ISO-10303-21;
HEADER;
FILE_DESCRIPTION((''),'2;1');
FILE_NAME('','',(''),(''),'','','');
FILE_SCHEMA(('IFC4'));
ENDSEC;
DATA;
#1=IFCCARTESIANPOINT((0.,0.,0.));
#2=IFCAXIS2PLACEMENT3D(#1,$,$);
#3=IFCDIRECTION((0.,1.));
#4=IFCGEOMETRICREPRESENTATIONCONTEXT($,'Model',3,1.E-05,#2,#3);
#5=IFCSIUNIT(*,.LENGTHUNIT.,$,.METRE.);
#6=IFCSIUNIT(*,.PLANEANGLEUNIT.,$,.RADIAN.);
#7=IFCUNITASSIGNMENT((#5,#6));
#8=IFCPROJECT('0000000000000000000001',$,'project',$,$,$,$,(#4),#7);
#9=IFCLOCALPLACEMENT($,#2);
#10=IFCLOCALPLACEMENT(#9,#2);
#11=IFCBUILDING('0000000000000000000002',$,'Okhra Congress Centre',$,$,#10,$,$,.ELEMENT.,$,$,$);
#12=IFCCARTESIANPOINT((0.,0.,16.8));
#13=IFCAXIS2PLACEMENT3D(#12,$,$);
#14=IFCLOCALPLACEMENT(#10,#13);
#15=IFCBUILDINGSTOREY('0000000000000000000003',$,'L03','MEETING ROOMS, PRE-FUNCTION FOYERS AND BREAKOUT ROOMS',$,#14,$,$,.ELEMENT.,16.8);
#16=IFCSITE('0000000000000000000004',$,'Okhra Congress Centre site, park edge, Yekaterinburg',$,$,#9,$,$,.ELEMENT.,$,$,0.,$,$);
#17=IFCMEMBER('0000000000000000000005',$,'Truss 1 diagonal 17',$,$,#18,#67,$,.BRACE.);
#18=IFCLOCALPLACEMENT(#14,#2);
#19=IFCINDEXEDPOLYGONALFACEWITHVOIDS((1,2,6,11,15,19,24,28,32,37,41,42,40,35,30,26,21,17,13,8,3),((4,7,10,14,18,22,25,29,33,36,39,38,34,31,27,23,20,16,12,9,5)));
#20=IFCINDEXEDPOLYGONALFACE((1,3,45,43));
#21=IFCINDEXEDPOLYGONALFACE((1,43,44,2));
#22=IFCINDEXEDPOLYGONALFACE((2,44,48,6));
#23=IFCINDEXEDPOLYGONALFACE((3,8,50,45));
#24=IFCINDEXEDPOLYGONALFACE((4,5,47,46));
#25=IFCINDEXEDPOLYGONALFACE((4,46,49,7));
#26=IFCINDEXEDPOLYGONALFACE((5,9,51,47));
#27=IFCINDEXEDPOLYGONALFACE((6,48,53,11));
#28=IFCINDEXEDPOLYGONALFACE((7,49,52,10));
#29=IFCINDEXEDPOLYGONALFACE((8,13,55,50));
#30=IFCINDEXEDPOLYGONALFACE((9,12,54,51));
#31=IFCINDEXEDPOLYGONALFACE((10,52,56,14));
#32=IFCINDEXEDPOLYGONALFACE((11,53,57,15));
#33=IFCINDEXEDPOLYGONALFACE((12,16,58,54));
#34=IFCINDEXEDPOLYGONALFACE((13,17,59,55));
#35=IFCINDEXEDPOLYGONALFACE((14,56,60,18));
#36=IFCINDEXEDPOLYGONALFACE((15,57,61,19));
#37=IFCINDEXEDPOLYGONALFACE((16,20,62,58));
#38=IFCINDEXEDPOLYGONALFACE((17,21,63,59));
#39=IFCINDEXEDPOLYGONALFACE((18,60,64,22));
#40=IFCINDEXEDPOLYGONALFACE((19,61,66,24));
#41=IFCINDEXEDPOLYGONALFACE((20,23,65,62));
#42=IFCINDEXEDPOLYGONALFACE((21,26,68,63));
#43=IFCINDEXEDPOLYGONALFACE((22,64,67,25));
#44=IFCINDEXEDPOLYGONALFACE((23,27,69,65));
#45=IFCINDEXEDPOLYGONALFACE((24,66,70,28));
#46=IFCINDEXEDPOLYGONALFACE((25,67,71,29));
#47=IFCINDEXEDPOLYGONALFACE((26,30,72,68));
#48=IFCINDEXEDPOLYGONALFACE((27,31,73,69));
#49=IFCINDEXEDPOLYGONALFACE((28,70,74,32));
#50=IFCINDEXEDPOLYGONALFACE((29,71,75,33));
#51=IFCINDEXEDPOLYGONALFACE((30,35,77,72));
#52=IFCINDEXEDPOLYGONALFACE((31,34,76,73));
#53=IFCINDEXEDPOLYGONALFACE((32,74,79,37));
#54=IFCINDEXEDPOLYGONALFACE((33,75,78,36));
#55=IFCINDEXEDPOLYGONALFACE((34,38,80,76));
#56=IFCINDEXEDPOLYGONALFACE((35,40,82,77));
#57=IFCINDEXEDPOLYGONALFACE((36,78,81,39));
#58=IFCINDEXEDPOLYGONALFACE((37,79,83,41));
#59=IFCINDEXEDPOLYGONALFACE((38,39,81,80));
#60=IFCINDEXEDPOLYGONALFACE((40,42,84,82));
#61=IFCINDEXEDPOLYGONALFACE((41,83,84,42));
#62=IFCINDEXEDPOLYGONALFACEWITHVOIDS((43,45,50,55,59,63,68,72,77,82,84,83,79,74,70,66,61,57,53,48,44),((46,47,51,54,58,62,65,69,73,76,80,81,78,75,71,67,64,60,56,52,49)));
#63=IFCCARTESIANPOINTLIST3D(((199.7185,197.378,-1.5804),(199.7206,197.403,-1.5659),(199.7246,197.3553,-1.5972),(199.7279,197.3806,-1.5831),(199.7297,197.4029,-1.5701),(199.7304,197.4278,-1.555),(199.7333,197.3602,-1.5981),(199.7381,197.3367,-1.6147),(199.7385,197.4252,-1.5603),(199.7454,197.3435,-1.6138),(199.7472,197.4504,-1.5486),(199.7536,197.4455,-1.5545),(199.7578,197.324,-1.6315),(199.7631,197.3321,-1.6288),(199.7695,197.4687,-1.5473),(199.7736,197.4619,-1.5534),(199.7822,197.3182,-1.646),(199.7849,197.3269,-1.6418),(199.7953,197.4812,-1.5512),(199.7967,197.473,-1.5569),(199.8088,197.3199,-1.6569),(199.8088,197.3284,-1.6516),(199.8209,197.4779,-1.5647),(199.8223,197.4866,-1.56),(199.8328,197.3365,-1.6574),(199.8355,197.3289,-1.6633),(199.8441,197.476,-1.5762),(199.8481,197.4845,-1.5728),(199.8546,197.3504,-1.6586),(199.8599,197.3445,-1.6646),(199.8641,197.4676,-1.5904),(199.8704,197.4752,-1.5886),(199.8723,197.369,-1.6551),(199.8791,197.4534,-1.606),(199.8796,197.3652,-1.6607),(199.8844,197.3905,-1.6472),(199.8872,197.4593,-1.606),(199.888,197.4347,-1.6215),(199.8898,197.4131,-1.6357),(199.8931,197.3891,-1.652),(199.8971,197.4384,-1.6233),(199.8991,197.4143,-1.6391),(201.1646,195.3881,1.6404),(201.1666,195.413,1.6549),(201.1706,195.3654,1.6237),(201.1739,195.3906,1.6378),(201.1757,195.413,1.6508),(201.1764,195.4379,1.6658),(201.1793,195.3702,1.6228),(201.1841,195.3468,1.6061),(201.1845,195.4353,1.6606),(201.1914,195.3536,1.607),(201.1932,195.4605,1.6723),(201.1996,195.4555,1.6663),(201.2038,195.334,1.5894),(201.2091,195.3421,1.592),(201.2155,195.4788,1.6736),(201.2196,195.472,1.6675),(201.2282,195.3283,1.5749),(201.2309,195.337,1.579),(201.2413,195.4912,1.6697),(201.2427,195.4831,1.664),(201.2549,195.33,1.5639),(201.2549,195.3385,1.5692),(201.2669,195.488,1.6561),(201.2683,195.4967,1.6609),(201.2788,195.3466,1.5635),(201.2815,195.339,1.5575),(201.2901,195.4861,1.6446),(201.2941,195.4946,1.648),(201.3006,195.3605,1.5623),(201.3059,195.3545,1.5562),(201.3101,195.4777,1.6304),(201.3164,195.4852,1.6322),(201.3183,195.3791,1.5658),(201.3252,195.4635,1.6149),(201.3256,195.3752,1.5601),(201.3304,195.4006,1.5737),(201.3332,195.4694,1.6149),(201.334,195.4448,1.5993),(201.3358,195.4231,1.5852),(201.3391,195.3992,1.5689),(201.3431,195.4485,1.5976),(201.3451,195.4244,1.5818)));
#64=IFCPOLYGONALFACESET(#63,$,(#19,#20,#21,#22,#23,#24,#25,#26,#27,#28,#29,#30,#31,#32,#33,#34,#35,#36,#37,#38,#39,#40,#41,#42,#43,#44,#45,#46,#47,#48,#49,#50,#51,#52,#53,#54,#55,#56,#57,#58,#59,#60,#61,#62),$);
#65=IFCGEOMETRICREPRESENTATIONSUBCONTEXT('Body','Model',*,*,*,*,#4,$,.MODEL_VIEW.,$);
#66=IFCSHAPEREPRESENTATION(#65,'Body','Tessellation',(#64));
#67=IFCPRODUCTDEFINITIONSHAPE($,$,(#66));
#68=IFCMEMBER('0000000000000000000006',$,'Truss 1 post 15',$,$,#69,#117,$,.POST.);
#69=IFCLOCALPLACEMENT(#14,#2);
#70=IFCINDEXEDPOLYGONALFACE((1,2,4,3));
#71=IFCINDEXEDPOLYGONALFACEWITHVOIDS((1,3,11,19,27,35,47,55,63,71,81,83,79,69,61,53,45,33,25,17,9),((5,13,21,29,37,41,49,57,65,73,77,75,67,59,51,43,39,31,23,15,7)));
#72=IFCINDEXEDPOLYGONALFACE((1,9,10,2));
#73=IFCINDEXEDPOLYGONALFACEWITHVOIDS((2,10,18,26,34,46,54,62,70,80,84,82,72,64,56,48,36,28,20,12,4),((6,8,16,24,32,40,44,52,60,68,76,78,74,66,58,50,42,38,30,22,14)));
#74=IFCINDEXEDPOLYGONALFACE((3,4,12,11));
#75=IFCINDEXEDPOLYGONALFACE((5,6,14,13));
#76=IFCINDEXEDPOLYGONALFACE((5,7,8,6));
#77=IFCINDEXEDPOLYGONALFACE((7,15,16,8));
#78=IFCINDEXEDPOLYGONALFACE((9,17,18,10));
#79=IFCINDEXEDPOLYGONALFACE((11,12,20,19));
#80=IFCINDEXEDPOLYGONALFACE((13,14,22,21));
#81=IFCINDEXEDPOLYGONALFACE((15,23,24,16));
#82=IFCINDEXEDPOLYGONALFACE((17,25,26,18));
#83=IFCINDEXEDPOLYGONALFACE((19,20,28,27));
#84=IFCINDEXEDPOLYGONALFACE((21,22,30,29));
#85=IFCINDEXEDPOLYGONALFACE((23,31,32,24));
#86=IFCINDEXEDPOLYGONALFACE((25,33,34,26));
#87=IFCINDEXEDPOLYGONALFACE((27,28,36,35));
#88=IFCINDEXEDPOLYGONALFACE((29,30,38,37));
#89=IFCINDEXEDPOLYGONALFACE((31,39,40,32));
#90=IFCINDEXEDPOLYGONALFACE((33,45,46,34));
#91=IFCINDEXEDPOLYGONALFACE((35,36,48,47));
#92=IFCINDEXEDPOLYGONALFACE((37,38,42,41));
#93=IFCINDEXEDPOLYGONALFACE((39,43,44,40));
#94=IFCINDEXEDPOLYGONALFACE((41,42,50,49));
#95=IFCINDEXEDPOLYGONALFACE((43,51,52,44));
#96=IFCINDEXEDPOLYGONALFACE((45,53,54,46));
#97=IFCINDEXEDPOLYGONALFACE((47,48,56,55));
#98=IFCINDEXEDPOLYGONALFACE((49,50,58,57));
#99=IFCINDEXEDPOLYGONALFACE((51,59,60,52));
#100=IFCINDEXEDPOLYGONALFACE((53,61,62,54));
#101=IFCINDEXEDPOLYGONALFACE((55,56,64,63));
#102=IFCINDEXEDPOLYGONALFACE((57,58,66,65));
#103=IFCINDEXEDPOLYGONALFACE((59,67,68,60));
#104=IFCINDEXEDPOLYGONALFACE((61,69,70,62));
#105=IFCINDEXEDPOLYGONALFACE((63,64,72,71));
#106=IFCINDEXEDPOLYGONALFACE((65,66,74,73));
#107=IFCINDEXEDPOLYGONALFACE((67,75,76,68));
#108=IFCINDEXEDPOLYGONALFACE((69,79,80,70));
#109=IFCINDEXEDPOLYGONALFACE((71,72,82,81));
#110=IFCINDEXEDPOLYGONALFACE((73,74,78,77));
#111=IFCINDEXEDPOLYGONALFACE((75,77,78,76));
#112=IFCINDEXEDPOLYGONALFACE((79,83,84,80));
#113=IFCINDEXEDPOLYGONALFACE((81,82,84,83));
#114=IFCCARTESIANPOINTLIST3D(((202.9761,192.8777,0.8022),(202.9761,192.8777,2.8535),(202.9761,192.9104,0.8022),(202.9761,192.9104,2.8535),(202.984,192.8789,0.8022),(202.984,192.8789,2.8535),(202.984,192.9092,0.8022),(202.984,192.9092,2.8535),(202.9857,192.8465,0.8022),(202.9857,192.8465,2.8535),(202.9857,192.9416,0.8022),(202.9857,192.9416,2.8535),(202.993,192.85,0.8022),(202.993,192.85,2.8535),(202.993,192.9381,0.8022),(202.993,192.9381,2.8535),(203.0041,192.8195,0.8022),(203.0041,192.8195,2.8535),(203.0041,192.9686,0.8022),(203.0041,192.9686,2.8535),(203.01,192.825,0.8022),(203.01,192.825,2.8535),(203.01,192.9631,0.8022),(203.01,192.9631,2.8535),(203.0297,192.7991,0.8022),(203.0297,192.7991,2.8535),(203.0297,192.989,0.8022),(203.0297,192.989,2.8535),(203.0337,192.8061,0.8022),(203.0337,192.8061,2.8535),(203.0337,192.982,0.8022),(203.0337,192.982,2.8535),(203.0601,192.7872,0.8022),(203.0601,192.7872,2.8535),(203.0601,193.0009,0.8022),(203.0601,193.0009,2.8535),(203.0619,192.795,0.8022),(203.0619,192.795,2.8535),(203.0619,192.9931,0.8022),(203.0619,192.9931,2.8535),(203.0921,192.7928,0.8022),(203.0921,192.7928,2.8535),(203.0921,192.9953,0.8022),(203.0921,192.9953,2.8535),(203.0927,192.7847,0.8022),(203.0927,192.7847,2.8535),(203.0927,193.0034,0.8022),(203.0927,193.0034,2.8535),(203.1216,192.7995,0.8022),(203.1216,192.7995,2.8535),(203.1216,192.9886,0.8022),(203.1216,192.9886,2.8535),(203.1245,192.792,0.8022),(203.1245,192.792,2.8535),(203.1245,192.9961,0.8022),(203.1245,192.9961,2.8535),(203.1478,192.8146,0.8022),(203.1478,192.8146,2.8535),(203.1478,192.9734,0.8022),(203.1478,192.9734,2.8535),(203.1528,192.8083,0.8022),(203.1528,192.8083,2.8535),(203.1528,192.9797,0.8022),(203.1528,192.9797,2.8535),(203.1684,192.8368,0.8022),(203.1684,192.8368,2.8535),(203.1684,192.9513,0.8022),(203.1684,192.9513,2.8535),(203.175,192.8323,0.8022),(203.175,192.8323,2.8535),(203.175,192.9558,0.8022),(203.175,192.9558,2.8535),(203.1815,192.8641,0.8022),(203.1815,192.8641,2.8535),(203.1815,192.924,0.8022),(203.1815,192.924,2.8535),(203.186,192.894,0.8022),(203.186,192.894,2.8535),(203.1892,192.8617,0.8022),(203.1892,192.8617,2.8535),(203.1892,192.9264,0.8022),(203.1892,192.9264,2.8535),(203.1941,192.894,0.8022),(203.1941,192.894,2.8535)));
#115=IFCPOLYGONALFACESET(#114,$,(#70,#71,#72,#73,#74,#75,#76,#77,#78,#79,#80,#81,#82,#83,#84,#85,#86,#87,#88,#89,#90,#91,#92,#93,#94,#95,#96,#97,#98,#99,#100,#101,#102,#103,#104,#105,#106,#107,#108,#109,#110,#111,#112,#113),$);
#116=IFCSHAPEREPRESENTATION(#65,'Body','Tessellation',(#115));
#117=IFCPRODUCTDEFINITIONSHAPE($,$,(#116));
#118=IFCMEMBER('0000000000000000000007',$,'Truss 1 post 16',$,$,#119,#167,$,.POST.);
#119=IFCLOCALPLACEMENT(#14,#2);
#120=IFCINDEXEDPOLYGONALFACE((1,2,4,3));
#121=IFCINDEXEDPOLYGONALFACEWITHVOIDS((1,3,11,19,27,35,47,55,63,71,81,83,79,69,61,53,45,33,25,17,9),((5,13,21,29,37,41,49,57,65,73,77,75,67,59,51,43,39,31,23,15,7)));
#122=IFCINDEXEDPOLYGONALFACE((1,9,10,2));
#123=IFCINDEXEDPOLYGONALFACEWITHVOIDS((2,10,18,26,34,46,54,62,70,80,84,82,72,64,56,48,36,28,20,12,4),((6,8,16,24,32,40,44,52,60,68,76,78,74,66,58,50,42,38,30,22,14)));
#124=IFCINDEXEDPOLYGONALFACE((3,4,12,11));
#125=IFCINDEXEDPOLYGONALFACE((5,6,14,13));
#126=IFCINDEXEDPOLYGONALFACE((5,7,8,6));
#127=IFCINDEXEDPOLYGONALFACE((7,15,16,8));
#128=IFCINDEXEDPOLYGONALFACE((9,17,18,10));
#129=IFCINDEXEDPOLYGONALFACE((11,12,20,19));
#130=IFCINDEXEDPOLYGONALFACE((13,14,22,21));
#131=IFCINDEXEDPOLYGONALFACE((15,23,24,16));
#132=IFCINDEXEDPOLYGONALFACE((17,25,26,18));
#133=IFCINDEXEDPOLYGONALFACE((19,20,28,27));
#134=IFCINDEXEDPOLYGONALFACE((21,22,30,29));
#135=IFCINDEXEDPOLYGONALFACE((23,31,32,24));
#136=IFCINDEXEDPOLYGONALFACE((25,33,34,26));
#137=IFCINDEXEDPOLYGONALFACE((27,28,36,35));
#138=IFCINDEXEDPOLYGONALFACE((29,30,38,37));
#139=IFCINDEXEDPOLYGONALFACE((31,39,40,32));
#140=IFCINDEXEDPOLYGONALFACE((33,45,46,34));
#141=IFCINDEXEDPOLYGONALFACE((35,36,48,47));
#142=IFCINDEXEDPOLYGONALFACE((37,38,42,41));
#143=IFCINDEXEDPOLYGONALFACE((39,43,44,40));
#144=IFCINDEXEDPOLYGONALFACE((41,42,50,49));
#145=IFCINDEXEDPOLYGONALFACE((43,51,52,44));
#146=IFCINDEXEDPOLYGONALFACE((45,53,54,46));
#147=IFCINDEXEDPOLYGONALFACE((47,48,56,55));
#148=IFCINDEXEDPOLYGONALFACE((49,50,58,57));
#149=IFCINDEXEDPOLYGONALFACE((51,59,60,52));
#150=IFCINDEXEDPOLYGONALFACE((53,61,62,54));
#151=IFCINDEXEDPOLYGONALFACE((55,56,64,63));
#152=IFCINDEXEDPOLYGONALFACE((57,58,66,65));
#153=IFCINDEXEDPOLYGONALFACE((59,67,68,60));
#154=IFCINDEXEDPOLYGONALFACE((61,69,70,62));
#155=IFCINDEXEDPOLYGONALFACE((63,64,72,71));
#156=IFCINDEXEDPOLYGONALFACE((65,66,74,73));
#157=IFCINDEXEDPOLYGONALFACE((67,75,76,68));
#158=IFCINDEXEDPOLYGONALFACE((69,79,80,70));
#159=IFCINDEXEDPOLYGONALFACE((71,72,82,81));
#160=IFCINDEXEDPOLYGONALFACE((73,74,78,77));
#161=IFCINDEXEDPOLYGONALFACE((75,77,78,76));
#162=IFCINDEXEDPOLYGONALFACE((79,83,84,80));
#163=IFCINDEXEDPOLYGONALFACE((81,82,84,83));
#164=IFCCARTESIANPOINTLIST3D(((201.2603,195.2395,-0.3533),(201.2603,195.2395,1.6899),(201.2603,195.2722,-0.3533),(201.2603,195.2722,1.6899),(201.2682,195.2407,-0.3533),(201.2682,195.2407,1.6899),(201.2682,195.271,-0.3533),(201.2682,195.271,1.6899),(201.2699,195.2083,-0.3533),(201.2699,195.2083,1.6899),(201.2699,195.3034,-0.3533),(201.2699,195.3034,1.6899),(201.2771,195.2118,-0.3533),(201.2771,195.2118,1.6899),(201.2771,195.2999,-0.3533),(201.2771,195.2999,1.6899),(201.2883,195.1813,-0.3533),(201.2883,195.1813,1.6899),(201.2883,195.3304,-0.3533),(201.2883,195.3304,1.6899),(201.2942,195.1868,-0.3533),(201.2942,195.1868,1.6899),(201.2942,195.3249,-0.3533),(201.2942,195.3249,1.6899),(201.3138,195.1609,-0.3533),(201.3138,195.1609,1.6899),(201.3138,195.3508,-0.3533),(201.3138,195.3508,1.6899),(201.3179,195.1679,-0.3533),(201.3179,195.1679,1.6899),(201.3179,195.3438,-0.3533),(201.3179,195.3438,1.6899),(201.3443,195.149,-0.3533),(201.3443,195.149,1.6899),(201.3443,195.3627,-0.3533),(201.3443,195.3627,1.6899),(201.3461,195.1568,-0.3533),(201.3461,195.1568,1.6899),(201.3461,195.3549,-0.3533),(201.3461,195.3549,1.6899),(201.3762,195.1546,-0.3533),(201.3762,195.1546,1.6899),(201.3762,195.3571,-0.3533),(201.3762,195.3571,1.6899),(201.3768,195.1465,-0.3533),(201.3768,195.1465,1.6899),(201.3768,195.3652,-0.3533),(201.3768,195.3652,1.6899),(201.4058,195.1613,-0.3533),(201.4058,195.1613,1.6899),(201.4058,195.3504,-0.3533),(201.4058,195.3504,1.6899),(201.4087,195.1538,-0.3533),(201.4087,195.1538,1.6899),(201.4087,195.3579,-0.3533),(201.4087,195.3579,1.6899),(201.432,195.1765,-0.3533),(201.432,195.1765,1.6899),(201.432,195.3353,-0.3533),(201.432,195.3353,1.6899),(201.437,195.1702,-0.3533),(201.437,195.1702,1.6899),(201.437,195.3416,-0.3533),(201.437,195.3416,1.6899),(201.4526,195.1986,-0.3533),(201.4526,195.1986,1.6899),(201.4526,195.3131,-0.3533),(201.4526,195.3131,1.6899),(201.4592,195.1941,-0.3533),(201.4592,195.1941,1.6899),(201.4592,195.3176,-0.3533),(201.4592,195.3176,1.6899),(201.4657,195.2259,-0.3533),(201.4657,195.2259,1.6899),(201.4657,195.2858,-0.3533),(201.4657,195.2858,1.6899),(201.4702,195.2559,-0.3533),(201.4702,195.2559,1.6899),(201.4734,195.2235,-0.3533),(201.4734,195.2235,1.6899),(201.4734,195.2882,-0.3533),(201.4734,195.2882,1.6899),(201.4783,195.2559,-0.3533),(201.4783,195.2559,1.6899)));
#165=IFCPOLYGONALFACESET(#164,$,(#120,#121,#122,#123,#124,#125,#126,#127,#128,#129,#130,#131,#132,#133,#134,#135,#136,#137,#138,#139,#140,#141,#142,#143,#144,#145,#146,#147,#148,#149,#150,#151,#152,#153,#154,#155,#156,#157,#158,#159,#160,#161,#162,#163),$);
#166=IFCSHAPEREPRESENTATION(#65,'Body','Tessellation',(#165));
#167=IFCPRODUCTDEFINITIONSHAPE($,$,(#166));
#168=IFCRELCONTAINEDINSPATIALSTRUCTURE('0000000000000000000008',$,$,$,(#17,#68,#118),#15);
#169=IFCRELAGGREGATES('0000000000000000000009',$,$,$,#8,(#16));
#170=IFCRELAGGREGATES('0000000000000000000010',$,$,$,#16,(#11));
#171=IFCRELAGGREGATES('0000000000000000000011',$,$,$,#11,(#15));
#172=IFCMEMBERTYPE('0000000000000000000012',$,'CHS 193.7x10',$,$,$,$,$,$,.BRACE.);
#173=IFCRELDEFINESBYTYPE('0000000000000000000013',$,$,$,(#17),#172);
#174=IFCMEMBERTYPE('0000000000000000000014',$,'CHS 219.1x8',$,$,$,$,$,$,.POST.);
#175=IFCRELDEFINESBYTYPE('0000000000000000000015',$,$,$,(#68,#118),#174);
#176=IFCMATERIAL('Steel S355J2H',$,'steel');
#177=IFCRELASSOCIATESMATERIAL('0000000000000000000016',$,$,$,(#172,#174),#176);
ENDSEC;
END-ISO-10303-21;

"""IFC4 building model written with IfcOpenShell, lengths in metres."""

from ifc_helpers import new_model, si_unit, direction, frame, origin, origin_2d, place, context, subcontext, project, spatial, hollow_circle, extrude, material, material_profile, profile_set, type_object, element, save


model = new_model("IFC4")

# Units and contexts
model_context = context("Model", 3, precision=1e-05, world=origin(), true_north=direction((0.0, 1.0)))
body_context = subcontext(model_context, "Body", "Model", "MODEL_VIEW")
ifc_project = project(units=[si_unit("LENGTHUNIT", "METRE"), si_unit("PLANEANGLEUNIT", "RADIAN")], contexts=[model_context])

# Site, building, storey
site_placement = place(None, origin())
site = spatial("IfcSite", under=ifc_project, at=site_placement, Name="Okhra Congress Centre site, park edge, Yekaterinburg", CompositionType="ELEMENT", RefElevation=0.0)
building_placement = place(site_placement, origin())
building = spatial("IfcBuilding", under=site, at=building_placement, Name="Okhra Congress Centre", CompositionType="ELEMENT")
storey_placement = place(building_placement, frame((0.0, 0.0, 16.8)))
storey = spatial("IfcBuildingStorey", under=building, at=storey_placement, Name="L03", Description="MEETING ROOMS, PRE-FUNCTION FOYERS AND BREAKOUT ROOMS", CompositionType="ELEMENT", Elevation=16.8)

# Members
ifc_material_1 = material(Name="Steel S355J2H", Category="steel")
ifc_material_profile_1 = material_profile(ifc_material_1, hollow_circle(Radius=0.0969, WallThickness=0.01, at=origin_2d()), Name="CHS 193.7x10")
ifc_profile_set_1 = profile_set([ifc_material_profile_1], Name="Steel S355J2H")
member_type_1 = type_object("IfcMemberType", Name="CHS 193.7x10", PredefinedType="BRACE", material=ifc_profile_set_1)
member_1_placement = place(storey_placement, frame((199.8088, 197.4023, -1.606), z_axis=(0.356797, -0.49101, 0.794736), x_axis=(0.808972, 0.587847, 0.0)))
element("IfcMember", 1, at=member_1_placement, inside=storey, type_object=member_type_1, Name="Truss 1 diagonal 17", PredefinedType="BRACE", context=body_context, shape_type="SweptSolid", body=[
    extrude(hollow_circle(Radius=0.0969, WallThickness=0.01, at=origin_2d()), origin(), (0.0, 0.0, 1.0), 4.0527),
])
ifc_material_profile_2 = material_profile(ifc_material_1, hollow_circle(Radius=0.1096, WallThickness=0.0081, at=origin_2d()), Name="CHS 219.1x8")
ifc_profile_set_2 = profile_set([ifc_material_profile_2], Name="Steel S355J2H")
member_type_2 = type_object("IfcMemberType", Name="CHS 219.1x8", PredefinedType="POST", material=ifc_profile_set_2)
member_2_placement = place(storey_placement, frame((203.0845, 192.894, 0.8022), z_axis=(0.0, 0.0, 1.0), x_axis=(1.0, 0.0, 0.0)))
element("IfcMember", 2, at=member_2_placement, inside=storey, type_object=member_type_2, Name="Truss 1 post 15", PredefinedType="POST", context=body_context, shape_type="SweptSolid", body=[
    extrude(hollow_circle(Radius=0.1096, WallThickness=0.0081, at=origin_2d()), origin(), (0.0, 0.0, 1.0), 2.0513),
])
member_3_placement = place(storey_placement, frame((201.3687, 195.2559, -0.3533), z_axis=(0.0, 0.0, 1.0), x_axis=(1.0, 0.0, 0.0)))
element("IfcMember", 3, at=member_3_placement, inside=storey, type_object=member_type_2, Name="Truss 1 post 16", PredefinedType="POST", context=body_context, shape_type="SweptSolid", body=[
    extrude(hollow_circle(Radius=0.1096, WallThickness=0.0081, at=origin_2d()), origin(), (0.0, 0.0, 1.0), 2.0432),
])

save(model, "model.ifc")
